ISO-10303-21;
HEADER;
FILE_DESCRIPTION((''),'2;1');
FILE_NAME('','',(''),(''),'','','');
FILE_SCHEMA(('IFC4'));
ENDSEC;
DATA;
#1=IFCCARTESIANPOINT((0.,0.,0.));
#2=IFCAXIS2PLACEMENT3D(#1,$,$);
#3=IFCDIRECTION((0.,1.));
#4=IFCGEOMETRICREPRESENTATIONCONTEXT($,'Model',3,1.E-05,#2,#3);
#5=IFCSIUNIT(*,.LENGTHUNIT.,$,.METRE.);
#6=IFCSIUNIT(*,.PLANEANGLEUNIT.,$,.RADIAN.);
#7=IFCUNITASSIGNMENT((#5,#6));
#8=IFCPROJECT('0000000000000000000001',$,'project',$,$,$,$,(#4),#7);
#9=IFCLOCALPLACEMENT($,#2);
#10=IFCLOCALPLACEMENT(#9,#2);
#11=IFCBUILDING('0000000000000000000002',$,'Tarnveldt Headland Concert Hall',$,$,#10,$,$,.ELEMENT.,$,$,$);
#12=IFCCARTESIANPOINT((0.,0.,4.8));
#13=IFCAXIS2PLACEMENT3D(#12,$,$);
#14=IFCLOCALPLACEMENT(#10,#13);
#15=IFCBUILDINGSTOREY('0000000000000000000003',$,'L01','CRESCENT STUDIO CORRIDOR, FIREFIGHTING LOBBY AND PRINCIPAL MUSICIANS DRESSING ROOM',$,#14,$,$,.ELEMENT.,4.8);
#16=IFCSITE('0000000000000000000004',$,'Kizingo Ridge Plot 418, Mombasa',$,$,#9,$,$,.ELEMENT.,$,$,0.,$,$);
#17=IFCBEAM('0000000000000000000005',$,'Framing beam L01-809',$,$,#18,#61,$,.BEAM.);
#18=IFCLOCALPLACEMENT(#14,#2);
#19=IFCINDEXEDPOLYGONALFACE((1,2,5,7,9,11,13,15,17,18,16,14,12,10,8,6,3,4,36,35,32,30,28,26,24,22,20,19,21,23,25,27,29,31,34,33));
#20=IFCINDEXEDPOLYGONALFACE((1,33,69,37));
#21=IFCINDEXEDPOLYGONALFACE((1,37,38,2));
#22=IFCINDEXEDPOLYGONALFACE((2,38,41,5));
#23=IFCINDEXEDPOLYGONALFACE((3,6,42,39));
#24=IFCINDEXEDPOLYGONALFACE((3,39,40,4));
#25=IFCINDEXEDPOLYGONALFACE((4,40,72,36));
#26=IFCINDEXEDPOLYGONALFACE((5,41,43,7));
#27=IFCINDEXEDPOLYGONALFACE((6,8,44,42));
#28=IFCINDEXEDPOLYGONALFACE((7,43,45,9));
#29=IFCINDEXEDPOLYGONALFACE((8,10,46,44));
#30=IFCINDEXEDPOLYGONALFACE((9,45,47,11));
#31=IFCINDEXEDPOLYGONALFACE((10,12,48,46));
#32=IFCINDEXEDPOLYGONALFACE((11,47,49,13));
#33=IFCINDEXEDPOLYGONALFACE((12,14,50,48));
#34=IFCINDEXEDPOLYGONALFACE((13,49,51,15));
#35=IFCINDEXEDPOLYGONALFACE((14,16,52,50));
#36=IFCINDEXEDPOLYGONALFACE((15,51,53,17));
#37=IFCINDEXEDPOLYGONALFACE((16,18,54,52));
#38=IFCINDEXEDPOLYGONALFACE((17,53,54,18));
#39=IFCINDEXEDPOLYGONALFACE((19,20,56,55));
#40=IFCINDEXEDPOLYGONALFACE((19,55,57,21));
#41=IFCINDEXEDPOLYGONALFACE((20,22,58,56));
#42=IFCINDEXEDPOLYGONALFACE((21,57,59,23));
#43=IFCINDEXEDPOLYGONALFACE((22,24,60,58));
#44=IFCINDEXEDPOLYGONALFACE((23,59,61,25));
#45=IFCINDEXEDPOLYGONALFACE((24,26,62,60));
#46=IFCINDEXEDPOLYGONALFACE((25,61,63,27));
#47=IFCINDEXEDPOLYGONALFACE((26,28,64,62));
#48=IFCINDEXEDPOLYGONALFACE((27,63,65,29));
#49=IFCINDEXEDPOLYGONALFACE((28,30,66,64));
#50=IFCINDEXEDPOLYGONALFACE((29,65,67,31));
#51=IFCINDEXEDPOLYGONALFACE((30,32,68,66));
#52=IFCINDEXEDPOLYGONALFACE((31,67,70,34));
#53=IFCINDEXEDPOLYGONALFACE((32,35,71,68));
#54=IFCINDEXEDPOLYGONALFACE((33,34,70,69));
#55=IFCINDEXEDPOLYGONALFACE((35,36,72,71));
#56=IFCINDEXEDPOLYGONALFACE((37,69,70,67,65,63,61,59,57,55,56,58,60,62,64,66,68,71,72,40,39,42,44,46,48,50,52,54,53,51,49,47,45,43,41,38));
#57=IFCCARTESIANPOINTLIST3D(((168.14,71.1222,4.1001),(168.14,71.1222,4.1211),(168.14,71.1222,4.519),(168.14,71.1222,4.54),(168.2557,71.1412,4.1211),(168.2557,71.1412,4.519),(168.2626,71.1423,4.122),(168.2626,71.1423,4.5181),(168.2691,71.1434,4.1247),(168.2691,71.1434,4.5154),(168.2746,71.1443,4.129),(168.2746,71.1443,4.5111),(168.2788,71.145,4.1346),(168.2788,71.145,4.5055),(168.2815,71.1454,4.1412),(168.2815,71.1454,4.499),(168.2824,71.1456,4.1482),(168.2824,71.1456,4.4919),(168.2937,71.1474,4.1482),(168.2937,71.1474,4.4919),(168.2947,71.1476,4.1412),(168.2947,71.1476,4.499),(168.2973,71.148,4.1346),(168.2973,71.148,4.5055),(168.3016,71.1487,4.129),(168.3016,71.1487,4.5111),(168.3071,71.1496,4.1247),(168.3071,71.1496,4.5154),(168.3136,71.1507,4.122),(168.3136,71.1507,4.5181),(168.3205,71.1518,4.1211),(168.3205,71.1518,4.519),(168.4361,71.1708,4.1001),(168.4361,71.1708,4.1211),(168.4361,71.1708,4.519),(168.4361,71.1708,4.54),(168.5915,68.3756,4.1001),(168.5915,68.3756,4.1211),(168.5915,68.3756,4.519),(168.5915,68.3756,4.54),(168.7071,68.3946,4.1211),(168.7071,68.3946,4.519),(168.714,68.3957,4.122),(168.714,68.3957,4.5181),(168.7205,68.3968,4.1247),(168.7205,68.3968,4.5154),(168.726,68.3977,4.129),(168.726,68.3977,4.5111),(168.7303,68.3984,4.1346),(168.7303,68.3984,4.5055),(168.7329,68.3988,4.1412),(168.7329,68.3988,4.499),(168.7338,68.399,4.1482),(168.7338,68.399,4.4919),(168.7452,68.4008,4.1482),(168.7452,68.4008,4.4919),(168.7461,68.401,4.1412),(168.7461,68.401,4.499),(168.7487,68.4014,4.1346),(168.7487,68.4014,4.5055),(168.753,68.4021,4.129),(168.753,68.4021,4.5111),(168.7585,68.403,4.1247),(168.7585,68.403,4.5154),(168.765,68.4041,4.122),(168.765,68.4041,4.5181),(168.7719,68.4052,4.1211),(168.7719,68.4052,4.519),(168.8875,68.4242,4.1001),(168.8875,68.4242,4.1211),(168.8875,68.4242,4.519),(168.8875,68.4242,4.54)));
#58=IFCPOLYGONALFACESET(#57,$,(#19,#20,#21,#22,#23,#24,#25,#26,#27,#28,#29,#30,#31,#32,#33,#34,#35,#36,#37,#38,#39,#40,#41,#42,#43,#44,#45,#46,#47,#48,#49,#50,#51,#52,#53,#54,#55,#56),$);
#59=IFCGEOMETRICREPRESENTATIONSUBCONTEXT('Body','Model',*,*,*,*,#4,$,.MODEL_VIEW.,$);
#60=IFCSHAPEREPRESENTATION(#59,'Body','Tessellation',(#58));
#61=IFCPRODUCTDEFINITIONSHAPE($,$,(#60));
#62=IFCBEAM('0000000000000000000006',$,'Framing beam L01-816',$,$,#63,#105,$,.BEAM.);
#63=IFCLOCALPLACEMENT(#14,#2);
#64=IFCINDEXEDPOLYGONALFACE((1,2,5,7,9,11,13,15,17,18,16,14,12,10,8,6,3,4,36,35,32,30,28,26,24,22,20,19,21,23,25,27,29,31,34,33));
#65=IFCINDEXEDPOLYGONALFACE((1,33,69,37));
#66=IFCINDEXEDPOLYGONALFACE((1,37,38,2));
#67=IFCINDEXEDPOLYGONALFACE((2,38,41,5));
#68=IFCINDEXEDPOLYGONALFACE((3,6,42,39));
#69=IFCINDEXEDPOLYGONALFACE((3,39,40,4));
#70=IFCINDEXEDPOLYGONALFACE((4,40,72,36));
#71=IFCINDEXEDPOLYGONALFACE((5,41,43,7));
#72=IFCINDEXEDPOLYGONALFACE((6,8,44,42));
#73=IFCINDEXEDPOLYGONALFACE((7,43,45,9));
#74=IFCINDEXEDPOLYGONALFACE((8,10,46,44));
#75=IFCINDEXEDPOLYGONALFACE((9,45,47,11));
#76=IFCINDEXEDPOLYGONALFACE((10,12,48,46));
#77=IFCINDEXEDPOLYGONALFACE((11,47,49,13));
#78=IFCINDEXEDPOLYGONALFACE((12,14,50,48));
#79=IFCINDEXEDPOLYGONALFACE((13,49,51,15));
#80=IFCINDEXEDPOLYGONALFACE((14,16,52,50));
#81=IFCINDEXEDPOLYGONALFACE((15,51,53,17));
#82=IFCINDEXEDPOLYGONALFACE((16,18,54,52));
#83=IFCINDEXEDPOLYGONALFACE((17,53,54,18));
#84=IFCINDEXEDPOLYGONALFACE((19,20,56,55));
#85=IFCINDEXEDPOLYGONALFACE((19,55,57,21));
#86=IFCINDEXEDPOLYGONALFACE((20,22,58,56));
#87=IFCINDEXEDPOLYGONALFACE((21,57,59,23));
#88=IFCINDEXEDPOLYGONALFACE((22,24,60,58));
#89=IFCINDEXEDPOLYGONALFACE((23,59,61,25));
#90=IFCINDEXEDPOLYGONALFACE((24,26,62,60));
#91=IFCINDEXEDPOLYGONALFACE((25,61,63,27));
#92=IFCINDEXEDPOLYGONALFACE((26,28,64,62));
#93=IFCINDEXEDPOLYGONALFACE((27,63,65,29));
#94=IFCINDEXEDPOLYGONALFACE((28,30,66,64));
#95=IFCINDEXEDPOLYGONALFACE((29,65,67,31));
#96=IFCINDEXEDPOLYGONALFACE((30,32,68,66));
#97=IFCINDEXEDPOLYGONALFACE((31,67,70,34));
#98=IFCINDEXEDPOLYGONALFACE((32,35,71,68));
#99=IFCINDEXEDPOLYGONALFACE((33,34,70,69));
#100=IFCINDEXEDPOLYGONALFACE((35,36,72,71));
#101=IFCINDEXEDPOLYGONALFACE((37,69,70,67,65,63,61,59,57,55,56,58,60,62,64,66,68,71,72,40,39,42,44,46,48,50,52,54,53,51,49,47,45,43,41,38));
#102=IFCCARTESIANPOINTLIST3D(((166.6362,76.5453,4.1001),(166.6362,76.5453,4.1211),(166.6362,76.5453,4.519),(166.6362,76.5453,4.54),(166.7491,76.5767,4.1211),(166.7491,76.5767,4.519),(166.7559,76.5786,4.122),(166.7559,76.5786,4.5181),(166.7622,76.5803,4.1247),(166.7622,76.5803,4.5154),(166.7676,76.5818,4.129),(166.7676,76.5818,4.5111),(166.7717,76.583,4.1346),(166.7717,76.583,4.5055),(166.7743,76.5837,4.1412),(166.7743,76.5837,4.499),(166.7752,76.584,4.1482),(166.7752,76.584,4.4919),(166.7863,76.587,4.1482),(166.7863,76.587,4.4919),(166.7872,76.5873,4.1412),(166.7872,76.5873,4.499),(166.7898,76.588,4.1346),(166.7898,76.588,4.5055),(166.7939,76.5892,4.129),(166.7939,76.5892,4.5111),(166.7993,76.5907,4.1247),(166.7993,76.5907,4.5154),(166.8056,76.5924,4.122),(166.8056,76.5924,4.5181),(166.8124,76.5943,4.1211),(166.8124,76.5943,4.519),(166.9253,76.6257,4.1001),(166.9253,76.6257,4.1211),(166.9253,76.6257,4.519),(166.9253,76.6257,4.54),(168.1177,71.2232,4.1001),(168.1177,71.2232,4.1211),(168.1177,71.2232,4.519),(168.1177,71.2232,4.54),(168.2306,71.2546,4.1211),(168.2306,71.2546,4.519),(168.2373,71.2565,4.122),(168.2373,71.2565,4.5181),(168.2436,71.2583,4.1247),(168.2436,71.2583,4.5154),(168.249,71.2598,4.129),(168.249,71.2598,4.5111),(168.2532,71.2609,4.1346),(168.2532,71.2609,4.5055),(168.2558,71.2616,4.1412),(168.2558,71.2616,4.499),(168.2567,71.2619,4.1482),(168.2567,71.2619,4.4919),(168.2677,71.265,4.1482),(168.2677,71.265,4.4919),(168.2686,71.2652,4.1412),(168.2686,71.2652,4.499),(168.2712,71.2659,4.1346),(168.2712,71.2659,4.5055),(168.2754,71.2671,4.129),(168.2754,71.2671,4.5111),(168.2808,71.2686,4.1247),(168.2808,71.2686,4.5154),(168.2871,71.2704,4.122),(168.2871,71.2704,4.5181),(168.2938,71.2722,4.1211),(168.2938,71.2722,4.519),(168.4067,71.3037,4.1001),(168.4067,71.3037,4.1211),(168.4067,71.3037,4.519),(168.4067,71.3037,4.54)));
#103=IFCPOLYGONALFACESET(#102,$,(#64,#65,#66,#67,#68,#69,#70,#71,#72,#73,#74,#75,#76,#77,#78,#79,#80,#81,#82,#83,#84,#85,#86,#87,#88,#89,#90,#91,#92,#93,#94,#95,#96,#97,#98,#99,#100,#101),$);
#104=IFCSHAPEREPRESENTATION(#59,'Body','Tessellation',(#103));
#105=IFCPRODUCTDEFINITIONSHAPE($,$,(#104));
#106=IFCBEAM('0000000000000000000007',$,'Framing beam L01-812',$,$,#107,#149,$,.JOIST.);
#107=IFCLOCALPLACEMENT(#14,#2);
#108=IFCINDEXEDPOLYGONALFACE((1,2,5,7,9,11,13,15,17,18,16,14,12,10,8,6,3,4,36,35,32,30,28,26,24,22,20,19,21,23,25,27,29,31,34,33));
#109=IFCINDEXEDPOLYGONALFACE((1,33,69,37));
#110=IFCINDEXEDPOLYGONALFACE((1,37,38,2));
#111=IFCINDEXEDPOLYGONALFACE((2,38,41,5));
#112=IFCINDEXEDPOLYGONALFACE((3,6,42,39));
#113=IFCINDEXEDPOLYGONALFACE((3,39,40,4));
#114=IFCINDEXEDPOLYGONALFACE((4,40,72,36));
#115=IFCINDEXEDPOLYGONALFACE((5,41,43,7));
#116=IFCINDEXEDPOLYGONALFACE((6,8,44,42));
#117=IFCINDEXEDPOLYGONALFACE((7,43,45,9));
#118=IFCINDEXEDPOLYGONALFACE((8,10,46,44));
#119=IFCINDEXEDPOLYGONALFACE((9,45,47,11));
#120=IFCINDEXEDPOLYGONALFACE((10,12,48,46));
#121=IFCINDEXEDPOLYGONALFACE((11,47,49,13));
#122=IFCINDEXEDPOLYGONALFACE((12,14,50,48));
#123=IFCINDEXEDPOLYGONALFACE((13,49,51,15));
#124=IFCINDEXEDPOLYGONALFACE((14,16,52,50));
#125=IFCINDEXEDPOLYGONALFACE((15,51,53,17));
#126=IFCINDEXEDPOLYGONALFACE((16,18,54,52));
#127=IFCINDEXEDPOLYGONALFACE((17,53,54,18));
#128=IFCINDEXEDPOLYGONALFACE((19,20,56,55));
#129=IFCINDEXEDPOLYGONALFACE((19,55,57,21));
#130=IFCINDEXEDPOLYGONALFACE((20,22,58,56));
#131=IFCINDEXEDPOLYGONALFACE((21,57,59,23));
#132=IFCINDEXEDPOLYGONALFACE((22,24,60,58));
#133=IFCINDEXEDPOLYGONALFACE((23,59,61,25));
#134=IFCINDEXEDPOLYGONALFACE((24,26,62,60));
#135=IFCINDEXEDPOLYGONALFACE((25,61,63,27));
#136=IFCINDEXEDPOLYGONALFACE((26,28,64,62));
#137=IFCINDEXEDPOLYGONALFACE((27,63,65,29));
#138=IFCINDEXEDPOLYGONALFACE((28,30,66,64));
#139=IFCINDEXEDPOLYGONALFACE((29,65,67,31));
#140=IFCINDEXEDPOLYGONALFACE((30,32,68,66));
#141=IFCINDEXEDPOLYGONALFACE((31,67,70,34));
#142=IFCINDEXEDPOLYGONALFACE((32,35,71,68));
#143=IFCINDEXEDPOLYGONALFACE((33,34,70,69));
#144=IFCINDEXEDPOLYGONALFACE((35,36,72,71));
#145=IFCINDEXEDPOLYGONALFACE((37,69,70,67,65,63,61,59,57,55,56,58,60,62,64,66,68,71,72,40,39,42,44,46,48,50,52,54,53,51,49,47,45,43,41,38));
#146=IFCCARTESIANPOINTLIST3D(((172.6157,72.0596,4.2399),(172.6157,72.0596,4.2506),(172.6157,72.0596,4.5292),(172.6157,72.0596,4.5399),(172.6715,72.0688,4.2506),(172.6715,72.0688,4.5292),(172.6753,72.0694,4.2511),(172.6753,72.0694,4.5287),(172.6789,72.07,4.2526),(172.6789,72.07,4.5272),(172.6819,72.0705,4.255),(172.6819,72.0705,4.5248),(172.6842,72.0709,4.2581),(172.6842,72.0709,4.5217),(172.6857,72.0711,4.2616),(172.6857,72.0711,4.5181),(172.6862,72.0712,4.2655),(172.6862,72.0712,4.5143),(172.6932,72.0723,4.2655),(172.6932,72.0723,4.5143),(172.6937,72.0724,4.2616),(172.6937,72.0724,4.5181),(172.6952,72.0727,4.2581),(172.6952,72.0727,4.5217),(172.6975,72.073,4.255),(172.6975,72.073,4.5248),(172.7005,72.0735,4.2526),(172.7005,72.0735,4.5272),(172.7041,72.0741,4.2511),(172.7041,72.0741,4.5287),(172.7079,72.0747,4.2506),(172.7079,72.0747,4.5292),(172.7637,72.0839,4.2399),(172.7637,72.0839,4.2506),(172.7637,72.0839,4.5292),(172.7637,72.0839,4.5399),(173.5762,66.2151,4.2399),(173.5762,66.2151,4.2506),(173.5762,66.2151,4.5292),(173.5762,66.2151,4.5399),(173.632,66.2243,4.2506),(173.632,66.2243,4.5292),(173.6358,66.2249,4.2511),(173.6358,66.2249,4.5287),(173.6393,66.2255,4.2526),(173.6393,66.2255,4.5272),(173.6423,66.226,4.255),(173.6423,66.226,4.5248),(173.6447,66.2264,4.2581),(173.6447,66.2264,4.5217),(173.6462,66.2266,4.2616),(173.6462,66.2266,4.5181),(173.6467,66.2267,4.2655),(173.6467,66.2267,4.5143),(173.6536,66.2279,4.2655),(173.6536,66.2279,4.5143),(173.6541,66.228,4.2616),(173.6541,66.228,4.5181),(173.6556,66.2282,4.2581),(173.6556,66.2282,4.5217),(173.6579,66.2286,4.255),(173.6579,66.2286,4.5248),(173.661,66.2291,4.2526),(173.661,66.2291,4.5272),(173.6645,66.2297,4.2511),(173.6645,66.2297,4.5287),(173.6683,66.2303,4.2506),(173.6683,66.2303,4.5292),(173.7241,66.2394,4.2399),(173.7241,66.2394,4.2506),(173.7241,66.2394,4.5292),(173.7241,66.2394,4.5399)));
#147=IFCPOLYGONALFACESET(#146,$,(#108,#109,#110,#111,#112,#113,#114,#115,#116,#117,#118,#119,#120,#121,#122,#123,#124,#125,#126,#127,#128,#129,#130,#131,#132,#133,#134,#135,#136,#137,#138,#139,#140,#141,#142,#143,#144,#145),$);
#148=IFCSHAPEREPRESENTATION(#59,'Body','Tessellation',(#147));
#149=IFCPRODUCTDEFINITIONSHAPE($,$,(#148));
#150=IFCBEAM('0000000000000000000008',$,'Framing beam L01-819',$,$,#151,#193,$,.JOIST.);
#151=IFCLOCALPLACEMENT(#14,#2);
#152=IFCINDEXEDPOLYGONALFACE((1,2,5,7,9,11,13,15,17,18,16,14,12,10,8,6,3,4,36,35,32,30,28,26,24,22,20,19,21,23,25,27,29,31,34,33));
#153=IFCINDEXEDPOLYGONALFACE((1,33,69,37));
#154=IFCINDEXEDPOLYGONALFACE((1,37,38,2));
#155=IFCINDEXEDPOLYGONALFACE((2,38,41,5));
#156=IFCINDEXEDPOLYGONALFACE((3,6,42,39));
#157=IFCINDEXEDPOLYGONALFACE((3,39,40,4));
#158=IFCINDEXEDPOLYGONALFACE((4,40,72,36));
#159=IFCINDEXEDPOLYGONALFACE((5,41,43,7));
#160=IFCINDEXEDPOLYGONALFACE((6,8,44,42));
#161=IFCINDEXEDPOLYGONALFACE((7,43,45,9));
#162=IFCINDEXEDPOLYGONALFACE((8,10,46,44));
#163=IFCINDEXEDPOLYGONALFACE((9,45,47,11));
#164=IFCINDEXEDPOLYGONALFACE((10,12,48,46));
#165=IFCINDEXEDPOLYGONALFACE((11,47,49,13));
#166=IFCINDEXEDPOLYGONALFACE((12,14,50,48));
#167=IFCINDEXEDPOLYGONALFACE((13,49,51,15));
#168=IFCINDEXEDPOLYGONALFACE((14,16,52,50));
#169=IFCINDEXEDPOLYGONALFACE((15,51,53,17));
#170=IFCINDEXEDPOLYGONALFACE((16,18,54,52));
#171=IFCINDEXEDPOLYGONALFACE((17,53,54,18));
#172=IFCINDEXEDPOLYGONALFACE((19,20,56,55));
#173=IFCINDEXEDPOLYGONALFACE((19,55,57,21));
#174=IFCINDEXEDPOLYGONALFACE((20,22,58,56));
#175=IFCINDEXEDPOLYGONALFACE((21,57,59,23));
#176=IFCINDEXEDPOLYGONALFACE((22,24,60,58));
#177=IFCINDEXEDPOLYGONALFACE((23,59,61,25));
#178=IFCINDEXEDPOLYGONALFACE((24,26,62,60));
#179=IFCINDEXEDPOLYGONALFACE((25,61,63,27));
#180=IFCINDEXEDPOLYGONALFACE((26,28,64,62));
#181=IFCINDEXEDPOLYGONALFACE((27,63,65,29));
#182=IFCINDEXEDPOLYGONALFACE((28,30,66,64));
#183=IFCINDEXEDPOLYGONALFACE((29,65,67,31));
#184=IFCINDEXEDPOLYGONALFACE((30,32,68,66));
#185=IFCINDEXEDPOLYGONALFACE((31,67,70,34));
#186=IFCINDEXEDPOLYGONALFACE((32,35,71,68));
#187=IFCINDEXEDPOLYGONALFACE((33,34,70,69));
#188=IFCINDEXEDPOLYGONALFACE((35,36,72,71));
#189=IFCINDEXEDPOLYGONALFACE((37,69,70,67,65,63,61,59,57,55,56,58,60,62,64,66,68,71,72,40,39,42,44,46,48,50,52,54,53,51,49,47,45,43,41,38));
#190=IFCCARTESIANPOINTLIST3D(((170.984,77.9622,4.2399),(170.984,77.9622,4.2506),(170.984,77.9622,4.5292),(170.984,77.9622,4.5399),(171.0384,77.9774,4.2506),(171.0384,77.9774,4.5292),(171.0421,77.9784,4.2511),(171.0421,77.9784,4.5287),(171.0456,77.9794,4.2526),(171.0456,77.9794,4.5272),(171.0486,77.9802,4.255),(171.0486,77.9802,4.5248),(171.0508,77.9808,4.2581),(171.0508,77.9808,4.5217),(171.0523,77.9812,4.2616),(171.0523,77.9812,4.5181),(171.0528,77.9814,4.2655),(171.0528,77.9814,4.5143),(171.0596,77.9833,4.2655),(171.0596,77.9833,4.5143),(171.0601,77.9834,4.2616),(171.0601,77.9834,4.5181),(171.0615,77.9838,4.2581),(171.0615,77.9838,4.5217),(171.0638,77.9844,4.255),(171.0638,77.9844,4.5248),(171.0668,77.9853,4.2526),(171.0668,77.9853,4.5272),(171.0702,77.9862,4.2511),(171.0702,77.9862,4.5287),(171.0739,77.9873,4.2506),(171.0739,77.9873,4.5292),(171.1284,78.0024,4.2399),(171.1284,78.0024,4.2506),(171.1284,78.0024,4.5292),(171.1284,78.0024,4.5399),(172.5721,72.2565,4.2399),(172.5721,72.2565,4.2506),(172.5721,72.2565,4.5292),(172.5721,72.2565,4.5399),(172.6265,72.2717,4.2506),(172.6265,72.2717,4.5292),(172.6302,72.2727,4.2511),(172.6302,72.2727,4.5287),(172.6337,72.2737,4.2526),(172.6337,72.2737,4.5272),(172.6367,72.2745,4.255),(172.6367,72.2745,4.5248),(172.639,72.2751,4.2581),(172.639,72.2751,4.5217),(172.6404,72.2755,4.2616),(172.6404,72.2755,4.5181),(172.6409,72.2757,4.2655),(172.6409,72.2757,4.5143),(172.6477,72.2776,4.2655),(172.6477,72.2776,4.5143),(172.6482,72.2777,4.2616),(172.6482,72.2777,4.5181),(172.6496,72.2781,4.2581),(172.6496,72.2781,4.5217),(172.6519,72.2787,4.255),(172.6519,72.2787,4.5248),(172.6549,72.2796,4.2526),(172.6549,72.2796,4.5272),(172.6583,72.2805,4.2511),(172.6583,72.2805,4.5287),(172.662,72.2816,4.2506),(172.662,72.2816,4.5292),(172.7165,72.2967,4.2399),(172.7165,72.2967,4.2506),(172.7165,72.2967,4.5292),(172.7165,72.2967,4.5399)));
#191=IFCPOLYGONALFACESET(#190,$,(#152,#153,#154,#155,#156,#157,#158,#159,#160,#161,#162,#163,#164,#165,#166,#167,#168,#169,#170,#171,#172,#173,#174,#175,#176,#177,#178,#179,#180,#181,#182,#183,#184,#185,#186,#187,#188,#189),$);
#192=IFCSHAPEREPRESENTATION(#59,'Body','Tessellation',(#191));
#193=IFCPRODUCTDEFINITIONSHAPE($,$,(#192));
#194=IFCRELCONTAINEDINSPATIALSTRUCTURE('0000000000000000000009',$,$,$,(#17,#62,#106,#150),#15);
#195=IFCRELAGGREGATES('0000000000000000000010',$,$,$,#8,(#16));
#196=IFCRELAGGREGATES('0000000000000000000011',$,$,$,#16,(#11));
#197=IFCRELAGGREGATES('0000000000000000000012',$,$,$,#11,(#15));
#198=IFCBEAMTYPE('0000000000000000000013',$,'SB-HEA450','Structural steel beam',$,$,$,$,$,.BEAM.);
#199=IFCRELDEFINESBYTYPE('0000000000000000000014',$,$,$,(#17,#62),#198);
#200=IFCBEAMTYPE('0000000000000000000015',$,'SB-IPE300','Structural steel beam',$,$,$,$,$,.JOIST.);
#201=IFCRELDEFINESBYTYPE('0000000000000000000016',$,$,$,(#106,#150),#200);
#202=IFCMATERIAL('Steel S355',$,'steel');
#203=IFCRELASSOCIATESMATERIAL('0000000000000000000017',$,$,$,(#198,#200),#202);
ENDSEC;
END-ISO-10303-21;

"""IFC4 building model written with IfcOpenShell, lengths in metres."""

from ifc_helpers import new_model, si_unit, direction, frame, origin, origin_2d, place, context, subcontext, project, spatial, i_section, extrude, material, material_profile, profile_set, type_object, element, save


model = new_model("IFC4")

# Units and contexts
model_context = context("Model", 3, precision=1e-05, world=origin(), true_north=direction((0.0, 1.0)))
body_context = subcontext(model_context, "Body", "Model", "MODEL_VIEW")
ifc_project = project(units=[si_unit("LENGTHUNIT", "METRE"), si_unit("PLANEANGLEUNIT", "RADIAN")], contexts=[model_context])

# Site, building, storey
site_placement = place(None, origin())
site = spatial("IfcSite", under=ifc_project, at=site_placement, Name="Kizingo Ridge Plot 418, Mombasa", CompositionType="ELEMENT", RefElevation=0.0)
building_placement = place(site_placement, origin())
building = spatial("IfcBuilding", under=site, at=building_placement, Name="Tarnveldt Headland Concert Hall", CompositionType="ELEMENT")
storey_placement = place(building_placement, frame((0.0, 0.0, 4.8)))
storey = spatial("IfcBuildingStorey", under=building, at=storey_placement, Name="L01", Description="CRESCENT STUDIO CORRIDOR, FIREFIGHTING LOBBY AND PRINCIPAL MUSICIANS DRESSING ROOM", CompositionType="ELEMENT", Elevation=4.8)

# Beams
ifc_material_1 = material(Name="Steel S355", Category="steel")
ifc_material_profile_1 = material_profile(ifc_material_1, i_section(OverallWidth=0.3, OverallDepth=0.4399, WebThickness=0.0115, FlangeThickness=0.021, FilletRadius=0.0271, at=origin_2d()), Name="HEA450", Category="steel")
ifc_profile_set_1 = profile_set([ifc_material_profile_1], Name="Steel S355")
beam_type_1 = type_object("IfcBeamType", Name="SB-HEA450", Description="Structural steel beam", PredefinedType="BEAM", material=ifc_profile_set_1)
beam_1_placement = place(storey_placement, frame((168.7395, 68.3999, 4.3201), z_axis=(-0.16218, 0.986761, 0.0), x_axis=(-0.986761, -0.16218, 0.0)))
element("IfcBeam", 1, at=beam_1_placement, inside=storey, type_object=beam_type_1, Name="Framing beam L01-809", PredefinedType="BEAM", context=body_context, shape_type="SweptSolid", body=[
    extrude(i_section(OverallWidth=0.3, OverallDepth=0.4399, WebThickness=0.0115, FlangeThickness=0.021, FilletRadius=0.0271, at=origin_2d()), origin(), (0.0, 0.0, 1.0), 2.7834),
])
beam_2_placement = place(storey_placement, frame((168.2622, 71.2634, 4.3201), z_axis=(-0.268166, 0.963373, 0.0), x_axis=(-0.963373, -0.268166, 0.0)))
element("IfcBeam", 2, at=beam_2_placement, inside=storey, type_object=beam_type_1, Name="Framing beam L01-816", PredefinedType="BEAM", context=body_context, shape_type="SweptSolid", body=[
    extrude(i_section(OverallWidth=0.3, OverallDepth=0.4399, WebThickness=0.0115, FlangeThickness=0.021, FilletRadius=0.0271, at=origin_2d()), origin(), (0.0, 0.0, 1.0), 5.5244),
])
ifc_material_profile_2 = material_profile(ifc_material_1, i_section(OverallWidth=0.1499, OverallDepth=0.3, WebThickness=0.0071, FlangeThickness=0.0107, FilletRadius=0.0149, at=origin_2d()), Name="IPE300", Category="steel")
ifc_profile_set_2 = profile_set([ifc_material_profile_2], Name="Steel S355")
beam_type_2 = type_object("IfcBeamType", Name="SB-IPE300", Description="Structural steel beam", PredefinedType="JOIST", material=ifc_profile_set_2)
beam_3_placement = place(storey_placement, frame((173.6501, 66.2273, 4.3899), z_axis=(-0.162159, 0.986765, 0.0), x_axis=(-0.986765, -0.162159, 0.0)))
element("IfcBeam", 3, at=beam_3_placement, inside=storey, type_object=beam_type_2, Name="Framing beam L01-812", PredefinedType="JOIST", context=body_context, shape_type="SweptSolid", body=[
    extrude(i_section(OverallWidth=0.1499, OverallDepth=0.3, WebThickness=0.0071, FlangeThickness=0.0107, FilletRadius=0.0149, at=origin_2d()), origin(), (0.0, 0.0, 1.0), 5.9229),
])
beam_4_placement = place(storey_placement, frame((172.6443, 72.2766, 4.3899), z_axis=(-0.268143, 0.963379, 0.0), x_axis=(-0.963379, -0.268143, 0.0)))
element("IfcBeam", 4, at=beam_4_placement, inside=storey, type_object=beam_type_2, Name="Framing beam L01-819", PredefinedType="JOIST", context=body_context, shape_type="SweptSolid", body=[
    extrude(i_section(OverallWidth=0.1499, OverallDepth=0.3, WebThickness=0.0071, FlangeThickness=0.0107, FilletRadius=0.0149, at=origin_2d()), origin(), (0.0, 0.0, 1.0), 5.9226),
])

save(model, "model.ifc")
